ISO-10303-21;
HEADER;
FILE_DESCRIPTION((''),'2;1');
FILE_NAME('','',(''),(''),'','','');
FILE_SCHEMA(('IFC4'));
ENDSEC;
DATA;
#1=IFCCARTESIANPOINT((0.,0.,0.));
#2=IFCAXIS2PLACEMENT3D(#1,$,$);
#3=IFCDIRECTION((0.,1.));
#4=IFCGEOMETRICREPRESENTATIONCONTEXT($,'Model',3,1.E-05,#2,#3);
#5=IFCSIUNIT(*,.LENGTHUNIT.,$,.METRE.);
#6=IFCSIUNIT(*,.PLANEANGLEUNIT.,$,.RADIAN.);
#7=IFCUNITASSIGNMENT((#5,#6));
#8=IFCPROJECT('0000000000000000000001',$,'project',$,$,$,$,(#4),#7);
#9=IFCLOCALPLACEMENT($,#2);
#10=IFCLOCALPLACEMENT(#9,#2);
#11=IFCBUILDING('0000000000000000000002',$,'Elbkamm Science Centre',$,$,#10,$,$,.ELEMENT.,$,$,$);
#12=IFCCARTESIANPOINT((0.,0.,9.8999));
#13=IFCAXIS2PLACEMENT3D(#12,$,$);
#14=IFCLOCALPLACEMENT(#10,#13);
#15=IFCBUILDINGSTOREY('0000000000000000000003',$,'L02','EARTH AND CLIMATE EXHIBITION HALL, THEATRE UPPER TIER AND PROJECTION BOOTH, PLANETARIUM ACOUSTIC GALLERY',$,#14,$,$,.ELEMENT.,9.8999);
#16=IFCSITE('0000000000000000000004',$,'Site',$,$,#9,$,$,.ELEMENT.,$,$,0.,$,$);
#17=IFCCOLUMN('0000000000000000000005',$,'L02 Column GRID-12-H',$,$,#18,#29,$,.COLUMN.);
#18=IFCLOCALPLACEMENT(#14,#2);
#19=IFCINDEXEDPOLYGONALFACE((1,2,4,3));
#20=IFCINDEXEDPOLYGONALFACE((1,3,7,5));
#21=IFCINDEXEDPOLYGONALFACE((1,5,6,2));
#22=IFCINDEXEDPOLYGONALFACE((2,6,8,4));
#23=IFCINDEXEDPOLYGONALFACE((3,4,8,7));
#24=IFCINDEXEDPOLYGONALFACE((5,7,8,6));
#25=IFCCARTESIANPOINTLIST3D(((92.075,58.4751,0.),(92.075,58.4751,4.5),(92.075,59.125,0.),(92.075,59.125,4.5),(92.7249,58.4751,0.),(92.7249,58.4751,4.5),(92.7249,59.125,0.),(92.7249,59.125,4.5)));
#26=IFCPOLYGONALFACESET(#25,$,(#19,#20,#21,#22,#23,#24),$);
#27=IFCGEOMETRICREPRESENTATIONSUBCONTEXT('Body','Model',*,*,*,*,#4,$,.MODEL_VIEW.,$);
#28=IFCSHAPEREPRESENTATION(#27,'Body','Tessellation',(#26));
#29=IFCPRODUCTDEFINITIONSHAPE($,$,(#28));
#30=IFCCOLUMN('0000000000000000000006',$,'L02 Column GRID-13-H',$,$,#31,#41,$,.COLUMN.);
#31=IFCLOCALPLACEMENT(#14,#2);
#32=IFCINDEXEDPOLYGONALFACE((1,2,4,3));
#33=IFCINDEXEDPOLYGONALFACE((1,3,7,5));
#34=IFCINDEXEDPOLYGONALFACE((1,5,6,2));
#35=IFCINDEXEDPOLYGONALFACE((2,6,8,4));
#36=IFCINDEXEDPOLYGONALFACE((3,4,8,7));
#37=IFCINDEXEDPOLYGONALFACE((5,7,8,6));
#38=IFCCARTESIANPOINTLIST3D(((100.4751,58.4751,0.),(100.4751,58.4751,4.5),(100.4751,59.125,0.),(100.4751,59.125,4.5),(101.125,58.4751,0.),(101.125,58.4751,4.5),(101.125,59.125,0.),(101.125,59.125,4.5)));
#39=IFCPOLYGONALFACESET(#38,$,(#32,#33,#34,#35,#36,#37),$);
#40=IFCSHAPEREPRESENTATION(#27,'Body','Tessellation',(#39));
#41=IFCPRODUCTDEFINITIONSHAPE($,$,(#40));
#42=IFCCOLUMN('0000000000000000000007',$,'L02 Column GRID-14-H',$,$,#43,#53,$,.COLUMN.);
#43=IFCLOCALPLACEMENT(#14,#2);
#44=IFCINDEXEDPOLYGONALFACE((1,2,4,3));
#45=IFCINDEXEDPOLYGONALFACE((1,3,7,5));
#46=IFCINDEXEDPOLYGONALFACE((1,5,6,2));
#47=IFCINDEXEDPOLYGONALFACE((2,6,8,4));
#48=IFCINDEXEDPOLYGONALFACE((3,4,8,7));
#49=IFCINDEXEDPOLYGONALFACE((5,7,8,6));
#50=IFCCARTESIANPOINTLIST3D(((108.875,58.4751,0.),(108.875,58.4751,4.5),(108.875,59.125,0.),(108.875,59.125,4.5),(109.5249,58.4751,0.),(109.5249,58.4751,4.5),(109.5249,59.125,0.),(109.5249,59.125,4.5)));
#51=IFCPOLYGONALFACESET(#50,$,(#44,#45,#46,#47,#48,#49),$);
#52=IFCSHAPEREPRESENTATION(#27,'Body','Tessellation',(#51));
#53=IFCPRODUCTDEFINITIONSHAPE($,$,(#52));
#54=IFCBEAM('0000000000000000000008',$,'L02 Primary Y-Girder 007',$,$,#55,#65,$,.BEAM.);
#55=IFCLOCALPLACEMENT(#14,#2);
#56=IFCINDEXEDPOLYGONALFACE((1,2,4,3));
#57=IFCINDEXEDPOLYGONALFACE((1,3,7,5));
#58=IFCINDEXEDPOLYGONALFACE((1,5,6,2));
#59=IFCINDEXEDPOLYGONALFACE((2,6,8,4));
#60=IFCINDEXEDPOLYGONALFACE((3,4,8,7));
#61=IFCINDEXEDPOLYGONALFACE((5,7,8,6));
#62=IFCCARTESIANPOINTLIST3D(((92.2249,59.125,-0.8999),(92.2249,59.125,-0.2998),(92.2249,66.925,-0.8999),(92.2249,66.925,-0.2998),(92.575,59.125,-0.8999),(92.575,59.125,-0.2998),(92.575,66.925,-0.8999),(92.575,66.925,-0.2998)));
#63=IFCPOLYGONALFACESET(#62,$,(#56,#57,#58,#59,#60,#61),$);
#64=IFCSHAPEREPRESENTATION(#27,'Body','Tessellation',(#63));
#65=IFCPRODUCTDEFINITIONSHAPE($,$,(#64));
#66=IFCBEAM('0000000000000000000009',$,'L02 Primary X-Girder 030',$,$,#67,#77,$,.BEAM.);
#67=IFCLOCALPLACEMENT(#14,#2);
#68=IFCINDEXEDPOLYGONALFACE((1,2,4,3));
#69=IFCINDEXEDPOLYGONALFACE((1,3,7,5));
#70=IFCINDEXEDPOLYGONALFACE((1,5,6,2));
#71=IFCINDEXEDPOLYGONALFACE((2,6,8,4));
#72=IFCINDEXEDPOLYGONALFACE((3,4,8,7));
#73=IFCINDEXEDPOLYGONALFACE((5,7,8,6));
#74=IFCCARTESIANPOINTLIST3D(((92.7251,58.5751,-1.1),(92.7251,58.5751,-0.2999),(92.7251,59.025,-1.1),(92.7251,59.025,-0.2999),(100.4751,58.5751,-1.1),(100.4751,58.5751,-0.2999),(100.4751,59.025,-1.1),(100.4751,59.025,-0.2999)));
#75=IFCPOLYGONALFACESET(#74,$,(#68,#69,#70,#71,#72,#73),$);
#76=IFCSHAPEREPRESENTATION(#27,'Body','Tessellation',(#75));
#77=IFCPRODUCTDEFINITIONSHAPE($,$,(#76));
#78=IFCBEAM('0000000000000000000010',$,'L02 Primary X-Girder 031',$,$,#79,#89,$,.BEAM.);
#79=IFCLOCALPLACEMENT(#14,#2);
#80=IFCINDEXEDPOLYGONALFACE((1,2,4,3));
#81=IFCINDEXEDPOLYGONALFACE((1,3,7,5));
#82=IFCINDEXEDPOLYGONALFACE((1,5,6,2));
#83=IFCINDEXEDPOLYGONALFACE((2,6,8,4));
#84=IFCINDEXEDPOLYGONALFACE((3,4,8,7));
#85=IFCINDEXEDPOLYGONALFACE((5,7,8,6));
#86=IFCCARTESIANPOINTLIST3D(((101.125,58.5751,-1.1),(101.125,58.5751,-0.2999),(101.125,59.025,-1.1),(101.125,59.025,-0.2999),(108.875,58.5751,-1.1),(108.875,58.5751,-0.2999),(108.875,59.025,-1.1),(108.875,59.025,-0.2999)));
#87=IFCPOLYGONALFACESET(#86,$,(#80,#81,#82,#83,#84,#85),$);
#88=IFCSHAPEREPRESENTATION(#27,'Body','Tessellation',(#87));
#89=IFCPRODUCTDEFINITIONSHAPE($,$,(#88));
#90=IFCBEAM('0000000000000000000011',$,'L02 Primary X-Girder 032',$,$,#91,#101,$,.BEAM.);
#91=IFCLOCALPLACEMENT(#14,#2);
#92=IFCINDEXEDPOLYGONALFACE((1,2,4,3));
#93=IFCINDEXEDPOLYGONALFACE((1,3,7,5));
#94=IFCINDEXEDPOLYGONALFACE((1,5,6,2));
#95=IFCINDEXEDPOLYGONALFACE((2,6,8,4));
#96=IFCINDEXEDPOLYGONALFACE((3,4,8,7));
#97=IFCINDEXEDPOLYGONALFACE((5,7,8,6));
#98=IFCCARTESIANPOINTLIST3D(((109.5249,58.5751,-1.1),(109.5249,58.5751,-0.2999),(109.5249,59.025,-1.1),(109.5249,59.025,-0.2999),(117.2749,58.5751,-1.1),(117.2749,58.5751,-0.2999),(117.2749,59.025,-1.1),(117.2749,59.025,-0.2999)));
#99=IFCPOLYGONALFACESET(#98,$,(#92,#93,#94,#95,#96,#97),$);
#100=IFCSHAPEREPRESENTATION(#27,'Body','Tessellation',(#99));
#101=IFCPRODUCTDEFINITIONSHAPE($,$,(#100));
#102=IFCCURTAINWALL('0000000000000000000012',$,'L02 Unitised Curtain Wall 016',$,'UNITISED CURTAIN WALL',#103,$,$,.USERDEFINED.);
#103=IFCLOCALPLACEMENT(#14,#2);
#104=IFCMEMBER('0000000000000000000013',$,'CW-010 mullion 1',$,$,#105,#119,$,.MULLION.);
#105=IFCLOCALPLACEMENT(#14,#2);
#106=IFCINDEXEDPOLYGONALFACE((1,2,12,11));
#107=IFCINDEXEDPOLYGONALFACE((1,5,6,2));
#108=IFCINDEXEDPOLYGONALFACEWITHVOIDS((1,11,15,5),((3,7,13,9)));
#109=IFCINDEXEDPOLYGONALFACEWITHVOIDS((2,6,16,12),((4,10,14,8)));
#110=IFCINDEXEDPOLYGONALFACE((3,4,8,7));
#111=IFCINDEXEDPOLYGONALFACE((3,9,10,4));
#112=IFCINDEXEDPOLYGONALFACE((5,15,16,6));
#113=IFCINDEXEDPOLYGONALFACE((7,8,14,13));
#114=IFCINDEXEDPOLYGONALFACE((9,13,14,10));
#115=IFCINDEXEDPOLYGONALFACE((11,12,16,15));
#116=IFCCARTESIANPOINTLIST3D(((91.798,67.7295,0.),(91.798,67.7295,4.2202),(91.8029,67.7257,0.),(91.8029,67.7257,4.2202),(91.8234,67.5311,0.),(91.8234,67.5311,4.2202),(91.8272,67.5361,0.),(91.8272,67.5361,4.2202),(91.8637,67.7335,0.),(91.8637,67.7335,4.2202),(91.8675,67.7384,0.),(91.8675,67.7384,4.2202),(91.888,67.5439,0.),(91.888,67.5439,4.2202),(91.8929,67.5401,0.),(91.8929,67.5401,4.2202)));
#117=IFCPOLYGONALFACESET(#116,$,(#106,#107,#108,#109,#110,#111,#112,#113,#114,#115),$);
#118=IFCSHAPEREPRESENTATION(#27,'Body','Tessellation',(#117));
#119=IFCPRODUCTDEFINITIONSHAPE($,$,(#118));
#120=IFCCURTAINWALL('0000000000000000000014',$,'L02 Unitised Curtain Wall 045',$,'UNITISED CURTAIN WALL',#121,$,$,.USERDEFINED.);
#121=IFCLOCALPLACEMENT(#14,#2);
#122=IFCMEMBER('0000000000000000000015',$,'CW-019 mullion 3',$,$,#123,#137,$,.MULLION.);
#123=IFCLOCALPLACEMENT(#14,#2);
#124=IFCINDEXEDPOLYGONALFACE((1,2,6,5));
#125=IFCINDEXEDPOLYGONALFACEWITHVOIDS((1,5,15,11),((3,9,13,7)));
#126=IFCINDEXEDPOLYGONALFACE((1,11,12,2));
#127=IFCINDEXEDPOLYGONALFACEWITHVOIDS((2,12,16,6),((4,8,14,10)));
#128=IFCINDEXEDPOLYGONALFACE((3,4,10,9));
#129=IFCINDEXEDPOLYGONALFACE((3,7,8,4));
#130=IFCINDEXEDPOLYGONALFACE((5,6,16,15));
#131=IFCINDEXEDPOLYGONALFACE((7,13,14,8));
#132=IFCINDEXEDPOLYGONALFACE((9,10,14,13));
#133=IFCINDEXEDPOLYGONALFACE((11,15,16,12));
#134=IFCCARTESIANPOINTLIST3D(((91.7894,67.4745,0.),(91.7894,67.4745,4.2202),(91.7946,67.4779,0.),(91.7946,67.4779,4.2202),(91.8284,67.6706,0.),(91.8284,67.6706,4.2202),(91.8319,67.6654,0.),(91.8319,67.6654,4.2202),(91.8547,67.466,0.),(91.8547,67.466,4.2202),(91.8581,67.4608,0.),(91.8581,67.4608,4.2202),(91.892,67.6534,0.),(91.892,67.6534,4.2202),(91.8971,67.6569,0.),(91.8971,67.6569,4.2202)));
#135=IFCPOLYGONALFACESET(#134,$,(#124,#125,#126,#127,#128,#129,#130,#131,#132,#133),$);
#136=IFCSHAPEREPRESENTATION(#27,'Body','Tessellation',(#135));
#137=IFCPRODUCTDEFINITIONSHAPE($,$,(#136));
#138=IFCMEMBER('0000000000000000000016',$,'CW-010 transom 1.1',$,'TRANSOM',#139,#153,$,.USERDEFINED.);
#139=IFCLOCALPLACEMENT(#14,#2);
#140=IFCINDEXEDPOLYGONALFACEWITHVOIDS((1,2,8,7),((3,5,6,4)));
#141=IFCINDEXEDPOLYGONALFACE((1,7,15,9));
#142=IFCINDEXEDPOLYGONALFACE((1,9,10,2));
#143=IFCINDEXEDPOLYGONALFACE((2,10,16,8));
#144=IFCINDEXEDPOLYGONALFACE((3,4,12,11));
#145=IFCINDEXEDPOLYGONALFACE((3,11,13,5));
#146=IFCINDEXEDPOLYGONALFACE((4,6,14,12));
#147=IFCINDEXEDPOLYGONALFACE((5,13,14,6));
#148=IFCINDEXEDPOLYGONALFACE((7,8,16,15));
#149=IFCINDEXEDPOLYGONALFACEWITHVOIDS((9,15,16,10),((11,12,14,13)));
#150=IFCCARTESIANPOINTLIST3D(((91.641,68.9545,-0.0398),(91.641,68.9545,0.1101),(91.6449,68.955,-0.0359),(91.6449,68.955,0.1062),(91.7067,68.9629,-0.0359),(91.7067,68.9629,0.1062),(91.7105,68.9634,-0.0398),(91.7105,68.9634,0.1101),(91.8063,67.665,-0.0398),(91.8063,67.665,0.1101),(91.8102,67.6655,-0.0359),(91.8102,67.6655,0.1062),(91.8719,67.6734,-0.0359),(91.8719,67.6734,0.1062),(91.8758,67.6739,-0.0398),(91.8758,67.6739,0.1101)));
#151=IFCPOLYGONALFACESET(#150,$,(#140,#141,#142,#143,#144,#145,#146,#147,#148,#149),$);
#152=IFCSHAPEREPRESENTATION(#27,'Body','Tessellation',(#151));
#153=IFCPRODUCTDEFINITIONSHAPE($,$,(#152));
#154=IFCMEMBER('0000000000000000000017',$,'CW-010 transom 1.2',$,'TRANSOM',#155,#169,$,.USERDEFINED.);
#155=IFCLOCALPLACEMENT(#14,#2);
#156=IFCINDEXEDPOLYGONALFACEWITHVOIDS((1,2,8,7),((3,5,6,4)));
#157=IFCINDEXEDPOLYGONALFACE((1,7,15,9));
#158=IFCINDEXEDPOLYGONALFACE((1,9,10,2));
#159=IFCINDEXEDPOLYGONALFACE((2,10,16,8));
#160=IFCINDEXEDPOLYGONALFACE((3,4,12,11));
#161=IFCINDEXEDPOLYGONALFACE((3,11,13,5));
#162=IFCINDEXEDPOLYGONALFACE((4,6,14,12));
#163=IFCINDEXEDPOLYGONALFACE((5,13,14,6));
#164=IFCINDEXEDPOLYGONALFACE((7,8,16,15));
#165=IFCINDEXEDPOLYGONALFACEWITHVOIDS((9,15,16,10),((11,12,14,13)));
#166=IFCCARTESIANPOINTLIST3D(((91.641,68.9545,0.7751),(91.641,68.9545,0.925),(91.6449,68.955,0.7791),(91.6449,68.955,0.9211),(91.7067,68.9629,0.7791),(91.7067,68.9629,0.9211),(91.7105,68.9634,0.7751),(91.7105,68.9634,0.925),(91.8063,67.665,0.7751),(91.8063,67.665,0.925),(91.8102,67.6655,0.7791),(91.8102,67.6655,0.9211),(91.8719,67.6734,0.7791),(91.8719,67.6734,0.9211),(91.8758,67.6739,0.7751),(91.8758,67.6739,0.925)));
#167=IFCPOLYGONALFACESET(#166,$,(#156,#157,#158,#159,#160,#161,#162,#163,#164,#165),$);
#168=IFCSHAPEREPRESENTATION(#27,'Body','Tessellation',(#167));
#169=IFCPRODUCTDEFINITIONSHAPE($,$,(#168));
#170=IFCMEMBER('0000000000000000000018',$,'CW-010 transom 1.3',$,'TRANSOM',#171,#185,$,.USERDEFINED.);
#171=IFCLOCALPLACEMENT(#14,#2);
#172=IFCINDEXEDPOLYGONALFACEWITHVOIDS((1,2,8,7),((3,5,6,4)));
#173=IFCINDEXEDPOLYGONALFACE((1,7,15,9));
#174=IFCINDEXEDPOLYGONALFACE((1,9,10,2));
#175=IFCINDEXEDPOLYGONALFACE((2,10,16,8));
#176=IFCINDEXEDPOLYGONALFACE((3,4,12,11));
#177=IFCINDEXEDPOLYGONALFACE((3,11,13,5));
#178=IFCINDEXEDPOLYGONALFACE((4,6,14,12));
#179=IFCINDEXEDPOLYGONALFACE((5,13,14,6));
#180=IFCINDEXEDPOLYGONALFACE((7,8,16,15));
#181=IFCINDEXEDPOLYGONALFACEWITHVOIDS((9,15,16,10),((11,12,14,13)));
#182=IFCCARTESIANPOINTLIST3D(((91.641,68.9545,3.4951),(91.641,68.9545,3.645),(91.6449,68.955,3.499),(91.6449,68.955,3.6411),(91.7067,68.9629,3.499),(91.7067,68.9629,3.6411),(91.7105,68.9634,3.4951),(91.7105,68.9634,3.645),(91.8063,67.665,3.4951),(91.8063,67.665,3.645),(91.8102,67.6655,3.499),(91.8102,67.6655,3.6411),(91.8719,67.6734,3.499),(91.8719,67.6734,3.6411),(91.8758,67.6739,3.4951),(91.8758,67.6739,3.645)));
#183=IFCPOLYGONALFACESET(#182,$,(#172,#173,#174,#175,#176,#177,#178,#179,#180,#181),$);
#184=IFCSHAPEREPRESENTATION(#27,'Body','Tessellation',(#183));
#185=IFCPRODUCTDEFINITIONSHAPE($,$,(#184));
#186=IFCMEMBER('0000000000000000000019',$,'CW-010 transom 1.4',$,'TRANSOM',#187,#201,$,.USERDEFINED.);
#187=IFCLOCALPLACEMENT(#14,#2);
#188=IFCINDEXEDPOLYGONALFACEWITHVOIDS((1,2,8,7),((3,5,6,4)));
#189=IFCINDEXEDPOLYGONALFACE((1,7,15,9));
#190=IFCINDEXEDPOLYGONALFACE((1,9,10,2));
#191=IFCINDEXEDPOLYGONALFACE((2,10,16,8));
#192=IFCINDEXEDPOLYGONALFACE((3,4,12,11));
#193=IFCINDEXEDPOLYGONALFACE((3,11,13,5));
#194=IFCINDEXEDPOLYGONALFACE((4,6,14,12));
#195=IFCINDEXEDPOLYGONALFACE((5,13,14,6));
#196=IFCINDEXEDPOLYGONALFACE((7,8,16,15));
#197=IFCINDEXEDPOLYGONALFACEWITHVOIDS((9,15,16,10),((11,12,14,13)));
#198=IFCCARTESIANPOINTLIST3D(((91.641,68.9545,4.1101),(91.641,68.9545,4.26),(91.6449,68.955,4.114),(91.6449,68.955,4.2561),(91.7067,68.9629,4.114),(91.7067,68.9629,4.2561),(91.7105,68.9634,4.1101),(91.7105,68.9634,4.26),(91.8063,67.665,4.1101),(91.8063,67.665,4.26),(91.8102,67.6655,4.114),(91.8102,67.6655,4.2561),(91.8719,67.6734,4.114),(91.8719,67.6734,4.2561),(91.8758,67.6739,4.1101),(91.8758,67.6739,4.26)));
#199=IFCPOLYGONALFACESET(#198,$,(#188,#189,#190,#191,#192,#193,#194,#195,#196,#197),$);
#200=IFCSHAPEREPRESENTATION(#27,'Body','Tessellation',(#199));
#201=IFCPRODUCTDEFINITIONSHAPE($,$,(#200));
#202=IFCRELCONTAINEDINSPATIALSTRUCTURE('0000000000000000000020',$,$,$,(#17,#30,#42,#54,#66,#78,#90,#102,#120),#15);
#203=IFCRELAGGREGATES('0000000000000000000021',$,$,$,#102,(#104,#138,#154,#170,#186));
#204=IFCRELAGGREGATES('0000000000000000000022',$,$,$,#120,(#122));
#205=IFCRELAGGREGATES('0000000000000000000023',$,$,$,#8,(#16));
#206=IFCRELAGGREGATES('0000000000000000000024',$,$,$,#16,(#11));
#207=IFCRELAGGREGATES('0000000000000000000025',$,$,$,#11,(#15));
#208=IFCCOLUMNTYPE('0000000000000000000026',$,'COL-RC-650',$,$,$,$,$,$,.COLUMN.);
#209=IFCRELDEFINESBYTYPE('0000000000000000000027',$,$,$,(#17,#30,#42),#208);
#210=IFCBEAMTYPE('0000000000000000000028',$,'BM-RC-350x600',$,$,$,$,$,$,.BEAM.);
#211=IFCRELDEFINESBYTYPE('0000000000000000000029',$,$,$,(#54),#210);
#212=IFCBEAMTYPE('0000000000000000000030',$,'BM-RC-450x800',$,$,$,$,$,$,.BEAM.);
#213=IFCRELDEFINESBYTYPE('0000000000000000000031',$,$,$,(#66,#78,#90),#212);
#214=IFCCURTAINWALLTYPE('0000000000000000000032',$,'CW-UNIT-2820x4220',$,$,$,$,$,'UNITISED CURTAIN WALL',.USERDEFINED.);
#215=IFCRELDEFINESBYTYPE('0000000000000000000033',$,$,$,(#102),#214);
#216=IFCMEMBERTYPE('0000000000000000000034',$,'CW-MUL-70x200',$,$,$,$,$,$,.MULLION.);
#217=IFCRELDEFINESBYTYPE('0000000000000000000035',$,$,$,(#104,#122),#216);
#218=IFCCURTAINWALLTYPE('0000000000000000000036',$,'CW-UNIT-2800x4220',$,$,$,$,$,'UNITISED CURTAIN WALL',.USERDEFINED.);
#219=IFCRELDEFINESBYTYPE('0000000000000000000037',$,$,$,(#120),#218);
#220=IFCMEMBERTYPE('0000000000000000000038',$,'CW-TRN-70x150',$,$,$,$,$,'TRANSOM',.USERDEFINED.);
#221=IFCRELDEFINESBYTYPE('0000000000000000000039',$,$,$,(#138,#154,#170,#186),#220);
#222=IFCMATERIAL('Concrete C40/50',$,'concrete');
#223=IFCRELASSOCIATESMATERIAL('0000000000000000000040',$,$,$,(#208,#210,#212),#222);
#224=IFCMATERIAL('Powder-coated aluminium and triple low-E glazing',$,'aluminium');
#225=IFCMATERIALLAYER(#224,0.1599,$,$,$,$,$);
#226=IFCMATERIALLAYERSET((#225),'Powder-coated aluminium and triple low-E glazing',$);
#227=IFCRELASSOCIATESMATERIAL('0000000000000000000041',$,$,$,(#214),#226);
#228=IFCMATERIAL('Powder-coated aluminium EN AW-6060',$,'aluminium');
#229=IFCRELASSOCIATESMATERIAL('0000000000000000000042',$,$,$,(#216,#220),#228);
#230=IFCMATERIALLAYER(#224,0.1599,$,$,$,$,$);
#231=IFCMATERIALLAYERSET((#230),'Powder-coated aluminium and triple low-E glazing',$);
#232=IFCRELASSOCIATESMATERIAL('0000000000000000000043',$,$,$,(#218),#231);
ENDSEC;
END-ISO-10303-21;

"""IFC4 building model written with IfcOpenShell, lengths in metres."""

from ifc_helpers import new_model, si_unit, direction, frame, origin, origin_2d, place, context, subcontext, project, spatial, rectangle, hollow_rectangle, extrude, material, layer, layer_set, material_profile, profile_set, type_object, element, aggregate, save


model = new_model("IFC4")

# Units and contexts
model_context = context("Model", 3, precision=1e-05, world=origin(), true_north=direction((0.0, 1.0)))
body_context = subcontext(model_context, "Body", "Model", "MODEL_VIEW")
ifc_project = project(units=[si_unit("LENGTHUNIT", "METRE"), si_unit("PLANEANGLEUNIT", "RADIAN")], contexts=[model_context])

# Site, building, storey
site_placement = place(None, origin())
site = spatial("IfcSite", under=ifc_project, at=site_placement, Name="Site", CompositionType="ELEMENT", RefElevation=0.0)
building_placement = place(site_placement, origin())
building = spatial("IfcBuilding", under=site, at=building_placement, Name="Elbkamm Science Centre", CompositionType="ELEMENT")
storey_placement = place(building_placement, frame((0.0, 0.0, 9.8999)))
storey = spatial("IfcBuildingStorey", under=building, at=storey_placement, Name="L02", Description="EARTH AND CLIMATE EXHIBITION HALL, THEATRE UPPER TIER AND PROJECTION BOOTH, PLANETARIUM ACOUSTIC GALLERY", CompositionType="ELEMENT", Elevation=9.8999)

# Columns
ifc_material_1 = material(Name="Concrete C40/50", Category="concrete")
ifc_material_profile_1 = material_profile(ifc_material_1, rectangle(XDim=0.6499, YDim=0.6499, at=origin_2d()), Name="RC 650x650")
ifc_profile_set_1 = profile_set([ifc_material_profile_1], Name="Concrete C40/50")
column_type = type_object("IfcColumnType", Name="COL-RC-650", PredefinedType="COLUMN", material=ifc_profile_set_1)
for number, where, z_axis, x_axis, name in (
    (1, (92.3999, 58.8, 0.0), (0.0, 0.0, 1.0), (1.0, 0.0, 0.0), "L02 Column GRID-12-H"),
    (2, (100.8, 58.8, 0.0), (0.0, 0.0, 1.0), (1.0, 0.0, 0.0), "L02 Column GRID-13-H"),
    (3, (109.2, 58.8, 0.0), (0.0, 0.0, 1.0), (1.0, 0.0, 0.0), "L02 Column GRID-14-H"),
):
    element("IfcColumn", number, at=place(storey_placement, frame(where, z_axis=z_axis, x_axis=x_axis)), inside=storey, type_object=column_type, Name=name, PredefinedType="COLUMN", context=body_context, shape_type="SweptSolid", body=[
        extrude(rectangle(XDim=0.6499, YDim=0.6499, at=origin_2d()), origin(), (0.0, 0.0, 1.0), 4.5),
    ])

# Beams
ifc_material_profile_2 = material_profile(ifc_material_1, rectangle(XDim=0.3501, YDim=0.6001, at=origin_2d()), Name="RC 350x600")
ifc_profile_set_2 = profile_set([ifc_material_profile_2], Name="Concrete C40/50")
beam_type_1 = type_object("IfcBeamType", Name="BM-RC-350x600", PredefinedType="BEAM", material=ifc_profile_set_2)
beam_placement = place(storey_placement, frame((92.3999, 59.125, -0.5999), z_axis=(0.0, 1.0, 0.0), x_axis=(-1.0, 0.0, 0.0)))
element("IfcBeam", 4, at=beam_placement, inside=storey, type_object=beam_type_1, Name="L02 Primary Y-Girder 007", PredefinedType="BEAM", context=body_context, shape_type="SweptSolid", body=[
    extrude(rectangle(XDim=0.3501, YDim=0.6001, at=origin_2d()), origin(), (0.0, 0.0, 1.0), 7.8),
])
ifc_material_profile_3 = material_profile(ifc_material_1, rectangle(XDim=0.45, YDim=0.8, at=origin_2d()), Name="RC 450x800")
ifc_profile_set_3 = profile_set([ifc_material_profile_3], Name="Concrete C40/50")
beam_type_2 = type_object("IfcBeamType", Name="BM-RC-450x800", PredefinedType="BEAM", material=ifc_profile_set_3)
for number, where, z_axis, x_axis, name in (
    (5, (92.7251, 58.8, -0.7), (1.0, 0.0, 0.0), (0.0, 1.0, 0.0), "L02 Primary X-Girder 030"),
    (6, (101.125, 58.8, -0.7), (1.0, 0.0, 0.0), (0.0, 1.0, 0.0), "L02 Primary X-Girder 031"),
    (7, (109.5249, 58.8, -0.7), (1.0, 0.0, 0.0), (0.0, 1.0, 0.0), "L02 Primary X-Girder 032"),
):
    element("IfcBeam", number, at=place(storey_placement, frame(where, z_axis=z_axis, x_axis=x_axis)), inside=storey, type_object=beam_type_2, Name=name, PredefinedType="BEAM", context=body_context, shape_type="SweptSolid", body=[
        extrude(rectangle(XDim=0.45, YDim=0.8, at=origin_2d()), origin(), (0.0, 0.0, 1.0), 7.75),
    ])

# Curtain walls, members
ifc_material_2 = material(Name="Powder-coated aluminium and triple low-E glazing", Category="aluminium")
ifc_layer_1 = layer(ifc_material_2, 0.1599)
ifc_layer_set_1 = layer_set([ifc_layer_1], Name="Powder-coated aluminium and triple low-E glazing")
curtain_wall_type_1 = type_object("IfcCurtainWallType", Name="CW-UNIT-2820x4220", ElementType="UNITISED CURTAIN WALL", PredefinedType="USERDEFINED", material=ifc_layer_set_1)
curtain_wall_1_placement = place(storey_placement, origin())
curtain_wall_1 = element("IfcCurtainWall", 8, at=curtain_wall_1_placement, inside=storey, type_object=curtain_wall_type_1, Name="L02 Unitised Curtain Wall 016", ObjectType="UNITISED CURTAIN WALL", PredefinedType="USERDEFINED")
ifc_material_3 = material(Name="Powder-coated aluminium EN AW-6060", Category="aluminium")
ifc_material_profile_4 = material_profile(ifc_material_3, hollow_rectangle(XDim=0.0701, YDim=0.2, WallThickness=0.0044, at=origin_2d()), Name="ALU M70x200")
ifc_profile_set_4 = profile_set([ifc_material_profile_4], Name="Powder-coated aluminium EN AW-6060")
member_type_1 = type_object("IfcMemberType", Name="CW-MUL-70x200", PredefinedType="MULLION", material=ifc_profile_set_4)
member_1_placement = place(storey_placement, frame((91.8455, 67.6348, 0.0), z_axis=(0.0, 0.0, 1.0), x_axis=(-0.99188, -0.127174, 0.0)))
member_1 = element("IfcMember", 9, at=member_1_placement, type_object=member_type_1, Name="CW-010 mullion 1", PredefinedType="MULLION", context=body_context, shape_type="SweptSolid", body=[
    extrude(hollow_rectangle(XDim=0.0701, YDim=0.2, WallThickness=0.0044, at=origin_2d()), origin(), (0.0, 0.0, 1.0), 4.2202),
])
ifc_layer_2 = layer(ifc_material_2, 0.1599)
ifc_layer_set_2 = layer_set([ifc_layer_2], Name="Powder-coated aluminium and triple low-E glazing")
curtain_wall_type_2 = type_object("IfcCurtainWallType", Name="CW-UNIT-2800x4220", ElementType="UNITISED CURTAIN WALL", PredefinedType="USERDEFINED", material=ifc_layer_set_2)
curtain_wall_2_placement = place(storey_placement, origin())
curtain_wall_2 = element("IfcCurtainWall", 10, at=curtain_wall_2_placement, inside=storey, type_object=curtain_wall_type_2, Name="L02 Unitised Curtain Wall 045", ObjectType="UNITISED CURTAIN WALL", PredefinedType="USERDEFINED")
member_2_placement = place(storey_placement, frame((91.8433, 67.5657, 0.0), z_axis=(0.0, 0.0, 1.0), x_axis=(-0.980773, 0.195151, 0.0)))
member_2 = element("IfcMember", 11, at=member_2_placement, type_object=member_type_1, Name="CW-019 mullion 3", PredefinedType="MULLION", context=body_context, shape_type="SweptSolid", body=[
    extrude(hollow_rectangle(XDim=0.0701, YDim=0.2, WallThickness=0.0044, at=origin_2d()), origin(), (0.0, 0.0, 1.0), 4.2202),
])

# Members
ifc_material_profile_5 = material_profile(ifc_material_3, hollow_rectangle(XDim=0.0701, YDim=0.1499, WallThickness=0.0039, at=origin_2d()), Name="ALU T70x150")
ifc_profile_set_5 = profile_set([ifc_material_profile_5], Name="Powder-coated aluminium EN AW-6060")
member_type_2 = type_object("IfcMemberType", Name="CW-TRN-70x150", ElementType="TRANSOM", PredefinedType="USERDEFINED", material=ifc_profile_set_5)
member_3_placement = place(storey_placement, frame((91.8411, 67.6694, 0.0352), z_axis=(-0.127131, 0.991886, 0.0), x_axis=(-0.991886, -0.127131, 0.0)))
member_3 = element("IfcMember", 12, at=member_3_placement, type_object=member_type_2, Name="CW-010 transom 1.1", ObjectType="TRANSOM", PredefinedType="USERDEFINED", context=body_context, shape_type="SweptSolid", body=[
    extrude(hollow_rectangle(XDim=0.0701, YDim=0.1499, WallThickness=0.0039, at=origin_2d()), origin(), (0.0, 0.0, 1.0), 1.3),
])
member_4_placement = place(storey_placement, frame((91.8411, 67.6694, 0.8501), z_axis=(-0.127131, 0.991886, 0.0), x_axis=(-0.991886, -0.127131, 0.0)))
member_4 = element("IfcMember", 13, at=member_4_placement, type_object=member_type_2, Name="CW-010 transom 1.2", ObjectType="TRANSOM", PredefinedType="USERDEFINED", context=body_context, shape_type="SweptSolid", body=[
    extrude(hollow_rectangle(XDim=0.0701, YDim=0.1499, WallThickness=0.0039, at=origin_2d()), origin(), (0.0, 0.0, 1.0), 1.3),
])
member_5_placement = place(storey_placement, frame((91.8411, 67.6694, 3.5701), z_axis=(-0.127131, 0.991886, 0.0), x_axis=(-0.991886, -0.127131, 0.0)))
member_5 = element("IfcMember", 14, at=member_5_placement, type_object=member_type_2, Name="CW-010 transom 1.3", ObjectType="TRANSOM", PredefinedType="USERDEFINED", context=body_context, shape_type="SweptSolid", body=[
    extrude(hollow_rectangle(XDim=0.0701, YDim=0.1499, WallThickness=0.0039, at=origin_2d()), origin(), (0.0, 0.0, 1.0), 1.3),
])
member_6_placement = place(storey_placement, frame((91.8411, 67.6694, 4.1851), z_axis=(-0.127131, 0.991886, 0.0), x_axis=(-0.991886, -0.127131, 0.0)))
member_6 = element("IfcMember", 15, at=member_6_placement, type_object=member_type_2, Name="CW-010 transom 1.4", ObjectType="TRANSOM", PredefinedType="USERDEFINED", context=body_context, shape_type="SweptSolid", body=[
    extrude(hollow_rectangle(XDim=0.0701, YDim=0.1499, WallThickness=0.0039, at=origin_2d()), origin(), (0.0, 0.0, 1.0), 1.3),
])

aggregate(curtain_wall_1, [member_1, member_3, member_4, member_5, member_6])
aggregate(curtain_wall_2, [member_2])

save(model, "model.ifc")
